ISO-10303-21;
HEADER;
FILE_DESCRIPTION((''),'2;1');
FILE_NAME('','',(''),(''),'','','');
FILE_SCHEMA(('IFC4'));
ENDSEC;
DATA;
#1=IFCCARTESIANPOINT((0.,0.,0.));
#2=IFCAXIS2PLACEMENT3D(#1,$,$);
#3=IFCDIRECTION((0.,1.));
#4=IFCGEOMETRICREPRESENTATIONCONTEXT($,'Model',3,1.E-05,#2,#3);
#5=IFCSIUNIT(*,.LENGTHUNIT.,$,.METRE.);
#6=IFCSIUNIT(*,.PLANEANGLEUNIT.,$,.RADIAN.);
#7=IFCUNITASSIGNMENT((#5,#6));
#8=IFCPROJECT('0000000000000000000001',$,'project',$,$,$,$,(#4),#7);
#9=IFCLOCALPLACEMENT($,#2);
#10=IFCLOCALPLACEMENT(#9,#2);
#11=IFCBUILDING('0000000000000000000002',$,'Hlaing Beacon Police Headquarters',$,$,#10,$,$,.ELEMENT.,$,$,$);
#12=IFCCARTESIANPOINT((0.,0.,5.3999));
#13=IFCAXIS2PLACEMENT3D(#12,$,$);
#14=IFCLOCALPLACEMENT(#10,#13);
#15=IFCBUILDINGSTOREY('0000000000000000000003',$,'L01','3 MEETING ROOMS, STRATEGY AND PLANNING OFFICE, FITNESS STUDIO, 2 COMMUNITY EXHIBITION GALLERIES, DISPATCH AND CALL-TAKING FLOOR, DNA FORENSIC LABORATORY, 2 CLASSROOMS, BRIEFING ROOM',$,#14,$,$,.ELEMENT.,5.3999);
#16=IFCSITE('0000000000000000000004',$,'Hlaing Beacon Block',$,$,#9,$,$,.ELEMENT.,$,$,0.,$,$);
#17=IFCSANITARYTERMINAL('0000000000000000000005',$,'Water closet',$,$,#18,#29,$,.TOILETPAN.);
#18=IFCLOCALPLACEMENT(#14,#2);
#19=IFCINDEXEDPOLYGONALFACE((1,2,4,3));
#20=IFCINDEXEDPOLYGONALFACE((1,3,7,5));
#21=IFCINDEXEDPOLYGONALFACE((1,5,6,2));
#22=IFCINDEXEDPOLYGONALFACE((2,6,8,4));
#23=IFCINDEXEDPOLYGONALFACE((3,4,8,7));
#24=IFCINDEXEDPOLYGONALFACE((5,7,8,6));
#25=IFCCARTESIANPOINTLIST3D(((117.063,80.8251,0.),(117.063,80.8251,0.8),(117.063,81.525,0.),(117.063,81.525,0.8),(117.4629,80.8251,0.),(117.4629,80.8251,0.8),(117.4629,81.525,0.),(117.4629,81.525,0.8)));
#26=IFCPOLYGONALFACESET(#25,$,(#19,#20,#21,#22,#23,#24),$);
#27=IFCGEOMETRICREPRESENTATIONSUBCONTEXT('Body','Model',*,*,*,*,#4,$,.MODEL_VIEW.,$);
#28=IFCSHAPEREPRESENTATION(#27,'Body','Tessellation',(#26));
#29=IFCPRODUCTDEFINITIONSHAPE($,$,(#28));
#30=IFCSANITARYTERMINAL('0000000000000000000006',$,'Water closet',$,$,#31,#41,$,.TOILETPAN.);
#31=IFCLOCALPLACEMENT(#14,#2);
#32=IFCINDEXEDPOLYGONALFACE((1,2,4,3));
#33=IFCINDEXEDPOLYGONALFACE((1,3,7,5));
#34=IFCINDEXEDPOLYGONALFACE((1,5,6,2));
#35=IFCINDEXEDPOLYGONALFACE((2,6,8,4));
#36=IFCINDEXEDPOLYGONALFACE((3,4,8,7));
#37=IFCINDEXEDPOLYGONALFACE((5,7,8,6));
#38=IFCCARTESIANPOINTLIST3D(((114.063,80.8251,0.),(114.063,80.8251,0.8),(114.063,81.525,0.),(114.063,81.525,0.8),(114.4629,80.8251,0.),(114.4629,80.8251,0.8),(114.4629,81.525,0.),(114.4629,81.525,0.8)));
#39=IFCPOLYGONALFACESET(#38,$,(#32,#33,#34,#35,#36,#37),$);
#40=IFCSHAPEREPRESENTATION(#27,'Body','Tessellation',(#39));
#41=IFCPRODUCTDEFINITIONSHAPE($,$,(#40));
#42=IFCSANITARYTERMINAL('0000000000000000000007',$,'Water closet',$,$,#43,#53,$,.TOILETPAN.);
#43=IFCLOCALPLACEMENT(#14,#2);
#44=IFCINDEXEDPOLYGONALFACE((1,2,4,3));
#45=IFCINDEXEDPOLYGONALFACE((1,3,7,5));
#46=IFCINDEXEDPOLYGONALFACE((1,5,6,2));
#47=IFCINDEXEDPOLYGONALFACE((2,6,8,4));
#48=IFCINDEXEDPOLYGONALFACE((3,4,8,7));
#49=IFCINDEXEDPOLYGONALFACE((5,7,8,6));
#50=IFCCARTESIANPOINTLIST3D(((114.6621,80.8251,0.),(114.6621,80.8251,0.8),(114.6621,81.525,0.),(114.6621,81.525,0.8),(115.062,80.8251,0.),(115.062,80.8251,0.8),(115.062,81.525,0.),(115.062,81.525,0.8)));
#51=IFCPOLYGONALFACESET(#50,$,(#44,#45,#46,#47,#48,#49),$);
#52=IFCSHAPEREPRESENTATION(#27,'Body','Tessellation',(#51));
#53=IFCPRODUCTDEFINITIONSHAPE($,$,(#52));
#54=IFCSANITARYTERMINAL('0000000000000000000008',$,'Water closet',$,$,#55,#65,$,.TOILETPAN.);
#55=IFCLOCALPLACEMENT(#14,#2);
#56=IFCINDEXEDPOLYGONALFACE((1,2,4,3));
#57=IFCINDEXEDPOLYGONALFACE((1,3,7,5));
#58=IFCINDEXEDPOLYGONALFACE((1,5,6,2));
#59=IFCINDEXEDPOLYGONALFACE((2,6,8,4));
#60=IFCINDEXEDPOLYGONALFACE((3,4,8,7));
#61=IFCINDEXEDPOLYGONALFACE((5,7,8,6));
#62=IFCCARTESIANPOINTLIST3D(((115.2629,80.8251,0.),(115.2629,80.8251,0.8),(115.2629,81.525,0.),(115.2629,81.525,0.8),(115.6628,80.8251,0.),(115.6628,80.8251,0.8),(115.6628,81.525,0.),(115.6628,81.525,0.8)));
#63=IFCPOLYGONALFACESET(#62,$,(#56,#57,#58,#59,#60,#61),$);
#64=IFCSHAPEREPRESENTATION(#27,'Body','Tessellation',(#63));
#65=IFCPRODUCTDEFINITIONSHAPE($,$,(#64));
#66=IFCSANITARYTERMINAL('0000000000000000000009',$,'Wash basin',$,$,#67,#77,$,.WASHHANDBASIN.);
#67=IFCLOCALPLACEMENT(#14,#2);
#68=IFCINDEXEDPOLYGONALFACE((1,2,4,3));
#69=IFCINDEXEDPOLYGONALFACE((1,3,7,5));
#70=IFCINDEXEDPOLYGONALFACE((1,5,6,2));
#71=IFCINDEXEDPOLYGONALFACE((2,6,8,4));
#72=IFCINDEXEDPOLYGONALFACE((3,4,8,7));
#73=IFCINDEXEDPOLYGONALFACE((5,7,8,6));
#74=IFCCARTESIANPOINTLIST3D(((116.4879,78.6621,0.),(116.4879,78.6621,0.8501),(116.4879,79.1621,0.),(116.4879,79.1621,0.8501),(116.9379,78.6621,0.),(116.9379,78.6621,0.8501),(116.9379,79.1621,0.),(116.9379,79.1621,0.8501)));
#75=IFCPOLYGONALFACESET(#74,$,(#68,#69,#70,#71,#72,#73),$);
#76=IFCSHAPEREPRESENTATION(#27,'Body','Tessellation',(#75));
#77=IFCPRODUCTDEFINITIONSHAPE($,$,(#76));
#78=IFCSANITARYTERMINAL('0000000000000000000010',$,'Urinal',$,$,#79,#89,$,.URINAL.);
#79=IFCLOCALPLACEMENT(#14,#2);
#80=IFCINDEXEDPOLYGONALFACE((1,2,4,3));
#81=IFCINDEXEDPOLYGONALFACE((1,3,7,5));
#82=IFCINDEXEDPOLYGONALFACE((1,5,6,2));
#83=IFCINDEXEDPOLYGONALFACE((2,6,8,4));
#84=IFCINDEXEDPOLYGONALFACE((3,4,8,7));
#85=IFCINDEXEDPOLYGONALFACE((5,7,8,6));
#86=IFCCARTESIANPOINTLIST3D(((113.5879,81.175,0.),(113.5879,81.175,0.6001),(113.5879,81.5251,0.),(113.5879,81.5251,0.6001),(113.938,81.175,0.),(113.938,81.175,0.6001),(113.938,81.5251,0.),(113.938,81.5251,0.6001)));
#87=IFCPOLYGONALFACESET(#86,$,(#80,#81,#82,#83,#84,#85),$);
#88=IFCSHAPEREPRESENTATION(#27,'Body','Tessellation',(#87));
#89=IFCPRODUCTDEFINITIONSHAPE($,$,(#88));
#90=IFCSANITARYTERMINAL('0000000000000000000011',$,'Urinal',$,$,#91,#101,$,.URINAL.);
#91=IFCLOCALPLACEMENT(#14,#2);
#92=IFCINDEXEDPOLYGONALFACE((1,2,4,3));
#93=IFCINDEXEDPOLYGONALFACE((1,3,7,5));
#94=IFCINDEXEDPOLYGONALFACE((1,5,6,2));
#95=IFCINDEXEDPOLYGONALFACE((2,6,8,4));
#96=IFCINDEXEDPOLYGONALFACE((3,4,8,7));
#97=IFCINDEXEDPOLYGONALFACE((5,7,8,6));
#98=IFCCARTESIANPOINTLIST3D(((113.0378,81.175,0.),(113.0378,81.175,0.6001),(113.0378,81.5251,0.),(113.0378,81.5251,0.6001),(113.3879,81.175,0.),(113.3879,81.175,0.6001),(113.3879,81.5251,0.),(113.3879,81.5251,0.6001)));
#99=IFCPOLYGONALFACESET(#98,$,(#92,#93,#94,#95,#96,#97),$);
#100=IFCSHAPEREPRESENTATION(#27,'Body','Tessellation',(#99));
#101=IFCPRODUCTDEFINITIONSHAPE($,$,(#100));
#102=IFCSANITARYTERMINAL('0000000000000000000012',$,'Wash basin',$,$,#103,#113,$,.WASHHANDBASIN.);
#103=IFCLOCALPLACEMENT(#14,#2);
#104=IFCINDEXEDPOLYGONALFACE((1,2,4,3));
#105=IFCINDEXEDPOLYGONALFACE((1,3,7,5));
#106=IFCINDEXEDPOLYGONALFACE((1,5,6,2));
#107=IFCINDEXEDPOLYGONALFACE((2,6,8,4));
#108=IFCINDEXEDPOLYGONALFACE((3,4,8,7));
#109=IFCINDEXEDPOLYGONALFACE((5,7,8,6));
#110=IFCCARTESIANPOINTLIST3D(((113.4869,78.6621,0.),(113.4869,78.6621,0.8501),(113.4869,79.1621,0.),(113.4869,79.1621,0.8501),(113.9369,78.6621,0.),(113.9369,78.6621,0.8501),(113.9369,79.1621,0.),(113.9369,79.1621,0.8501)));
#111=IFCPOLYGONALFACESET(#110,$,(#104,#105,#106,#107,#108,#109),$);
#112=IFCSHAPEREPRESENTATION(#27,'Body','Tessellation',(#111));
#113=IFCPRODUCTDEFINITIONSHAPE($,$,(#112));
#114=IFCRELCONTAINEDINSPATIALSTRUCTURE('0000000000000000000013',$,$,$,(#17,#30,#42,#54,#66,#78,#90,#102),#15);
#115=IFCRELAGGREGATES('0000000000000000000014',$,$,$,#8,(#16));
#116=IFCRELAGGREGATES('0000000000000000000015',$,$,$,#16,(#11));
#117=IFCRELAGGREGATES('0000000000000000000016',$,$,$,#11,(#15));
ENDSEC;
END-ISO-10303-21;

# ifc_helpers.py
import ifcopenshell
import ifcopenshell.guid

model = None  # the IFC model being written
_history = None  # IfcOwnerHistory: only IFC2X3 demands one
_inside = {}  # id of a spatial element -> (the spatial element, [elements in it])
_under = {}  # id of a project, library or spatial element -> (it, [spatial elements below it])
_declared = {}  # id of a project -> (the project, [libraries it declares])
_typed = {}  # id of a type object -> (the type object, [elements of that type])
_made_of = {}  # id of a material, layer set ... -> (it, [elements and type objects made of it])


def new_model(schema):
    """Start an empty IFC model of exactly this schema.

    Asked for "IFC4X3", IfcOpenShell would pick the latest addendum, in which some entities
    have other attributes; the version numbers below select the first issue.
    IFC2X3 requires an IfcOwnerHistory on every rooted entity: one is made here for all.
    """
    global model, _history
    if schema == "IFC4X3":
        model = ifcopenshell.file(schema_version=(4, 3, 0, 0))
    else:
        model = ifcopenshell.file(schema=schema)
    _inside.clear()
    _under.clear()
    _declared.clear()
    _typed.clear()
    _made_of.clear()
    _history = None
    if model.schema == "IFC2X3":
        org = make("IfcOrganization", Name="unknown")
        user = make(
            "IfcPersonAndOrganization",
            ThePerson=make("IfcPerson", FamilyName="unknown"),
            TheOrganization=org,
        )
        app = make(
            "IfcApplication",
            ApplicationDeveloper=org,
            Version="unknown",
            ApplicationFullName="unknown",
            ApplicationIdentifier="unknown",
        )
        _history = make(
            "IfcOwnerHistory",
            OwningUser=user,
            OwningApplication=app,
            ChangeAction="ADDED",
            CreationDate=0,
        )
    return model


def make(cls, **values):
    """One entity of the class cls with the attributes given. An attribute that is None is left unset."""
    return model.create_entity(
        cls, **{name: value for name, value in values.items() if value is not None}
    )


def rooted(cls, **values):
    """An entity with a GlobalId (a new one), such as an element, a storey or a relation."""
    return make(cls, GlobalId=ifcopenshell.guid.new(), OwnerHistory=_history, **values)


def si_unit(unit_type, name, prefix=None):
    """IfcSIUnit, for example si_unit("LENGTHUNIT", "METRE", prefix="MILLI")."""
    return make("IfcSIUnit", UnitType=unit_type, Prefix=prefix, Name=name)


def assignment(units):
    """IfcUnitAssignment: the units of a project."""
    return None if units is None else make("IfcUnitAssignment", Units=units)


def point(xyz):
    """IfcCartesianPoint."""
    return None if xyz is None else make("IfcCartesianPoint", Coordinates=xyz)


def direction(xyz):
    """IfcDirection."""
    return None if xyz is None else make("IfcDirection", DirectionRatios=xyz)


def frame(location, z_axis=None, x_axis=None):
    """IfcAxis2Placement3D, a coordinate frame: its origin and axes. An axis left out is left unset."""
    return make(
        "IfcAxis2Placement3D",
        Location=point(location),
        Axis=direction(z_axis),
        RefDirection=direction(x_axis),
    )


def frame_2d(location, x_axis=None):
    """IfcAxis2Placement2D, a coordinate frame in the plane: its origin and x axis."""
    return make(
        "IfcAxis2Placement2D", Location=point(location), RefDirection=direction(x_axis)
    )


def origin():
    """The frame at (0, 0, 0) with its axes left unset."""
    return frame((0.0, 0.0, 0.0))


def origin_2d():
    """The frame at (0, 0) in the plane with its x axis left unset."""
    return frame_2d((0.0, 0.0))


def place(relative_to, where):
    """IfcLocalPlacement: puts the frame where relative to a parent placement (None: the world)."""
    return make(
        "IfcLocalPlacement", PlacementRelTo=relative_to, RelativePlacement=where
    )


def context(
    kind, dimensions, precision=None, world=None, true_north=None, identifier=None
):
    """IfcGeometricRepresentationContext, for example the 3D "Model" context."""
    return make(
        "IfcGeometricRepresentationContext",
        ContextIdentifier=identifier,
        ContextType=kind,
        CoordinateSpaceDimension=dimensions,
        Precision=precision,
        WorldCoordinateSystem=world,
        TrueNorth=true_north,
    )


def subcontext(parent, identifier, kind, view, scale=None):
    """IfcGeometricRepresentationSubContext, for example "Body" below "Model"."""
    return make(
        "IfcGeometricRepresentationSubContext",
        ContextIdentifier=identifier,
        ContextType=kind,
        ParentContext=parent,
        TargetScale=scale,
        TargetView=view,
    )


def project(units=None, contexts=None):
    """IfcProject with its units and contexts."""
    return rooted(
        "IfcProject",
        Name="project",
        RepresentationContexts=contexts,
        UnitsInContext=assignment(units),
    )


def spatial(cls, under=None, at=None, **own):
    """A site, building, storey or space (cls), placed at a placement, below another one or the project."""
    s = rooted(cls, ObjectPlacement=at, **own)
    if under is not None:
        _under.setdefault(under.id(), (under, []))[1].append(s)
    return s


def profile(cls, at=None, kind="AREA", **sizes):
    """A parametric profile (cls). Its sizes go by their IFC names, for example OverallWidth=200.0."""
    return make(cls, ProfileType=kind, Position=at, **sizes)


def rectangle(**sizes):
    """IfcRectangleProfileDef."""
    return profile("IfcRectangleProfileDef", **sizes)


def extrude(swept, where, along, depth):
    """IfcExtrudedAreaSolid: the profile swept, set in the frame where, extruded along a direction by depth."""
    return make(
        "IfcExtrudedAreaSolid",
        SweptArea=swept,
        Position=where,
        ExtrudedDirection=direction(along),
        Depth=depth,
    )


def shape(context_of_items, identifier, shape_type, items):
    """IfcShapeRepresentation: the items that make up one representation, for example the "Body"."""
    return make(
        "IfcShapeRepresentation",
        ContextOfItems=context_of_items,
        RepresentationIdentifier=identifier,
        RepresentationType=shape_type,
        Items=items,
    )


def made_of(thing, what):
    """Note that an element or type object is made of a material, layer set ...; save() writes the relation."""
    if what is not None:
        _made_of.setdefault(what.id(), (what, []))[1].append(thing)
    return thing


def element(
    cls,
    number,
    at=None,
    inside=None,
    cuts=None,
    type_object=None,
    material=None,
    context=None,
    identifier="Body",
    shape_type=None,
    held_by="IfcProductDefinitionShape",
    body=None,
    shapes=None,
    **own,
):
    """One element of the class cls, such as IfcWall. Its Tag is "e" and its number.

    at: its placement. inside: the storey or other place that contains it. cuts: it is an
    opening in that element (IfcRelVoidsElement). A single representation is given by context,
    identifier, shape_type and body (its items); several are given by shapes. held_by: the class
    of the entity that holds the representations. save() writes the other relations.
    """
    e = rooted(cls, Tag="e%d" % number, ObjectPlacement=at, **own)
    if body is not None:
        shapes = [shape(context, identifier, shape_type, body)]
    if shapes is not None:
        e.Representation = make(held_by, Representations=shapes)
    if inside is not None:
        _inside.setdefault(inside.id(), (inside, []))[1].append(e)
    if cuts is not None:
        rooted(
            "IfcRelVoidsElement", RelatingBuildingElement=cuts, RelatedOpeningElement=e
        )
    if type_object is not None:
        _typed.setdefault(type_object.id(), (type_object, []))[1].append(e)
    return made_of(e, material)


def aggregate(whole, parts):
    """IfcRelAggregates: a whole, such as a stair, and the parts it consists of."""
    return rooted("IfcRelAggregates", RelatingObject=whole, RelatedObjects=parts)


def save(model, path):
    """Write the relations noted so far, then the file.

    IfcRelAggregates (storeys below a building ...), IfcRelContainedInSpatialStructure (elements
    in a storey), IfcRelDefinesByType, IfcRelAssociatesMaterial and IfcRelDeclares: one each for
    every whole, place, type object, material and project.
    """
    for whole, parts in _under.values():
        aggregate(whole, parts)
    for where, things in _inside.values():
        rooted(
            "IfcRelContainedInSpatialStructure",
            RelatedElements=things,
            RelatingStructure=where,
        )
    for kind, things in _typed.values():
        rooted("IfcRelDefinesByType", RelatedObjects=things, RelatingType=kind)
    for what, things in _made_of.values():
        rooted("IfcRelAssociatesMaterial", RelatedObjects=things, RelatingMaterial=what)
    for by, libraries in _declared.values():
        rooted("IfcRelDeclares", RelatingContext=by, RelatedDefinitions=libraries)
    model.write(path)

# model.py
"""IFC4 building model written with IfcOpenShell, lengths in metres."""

from ifc_helpers import new_model, si_unit, direction, frame, origin, origin_2d, place, context, subcontext, project, spatial, rectangle, extrude, element, save


model = new_model("IFC4")

# Units and contexts
model_context = context("Model", 3, precision=1e-05, world=origin(), true_north=direction((0.0, 1.0)))
body_context = subcontext(model_context, "Body", "Model", "MODEL_VIEW")
ifc_project = project(units=[si_unit("LENGTHUNIT", "METRE"), si_unit("PLANEANGLEUNIT", "RADIAN")], contexts=[model_context])

# Site, building, storey
site_placement = place(None, origin())
site = spatial("IfcSite", under=ifc_project, at=site_placement, Name="Hlaing Beacon Block", CompositionType="ELEMENT", RefElevation=0.0)
building_placement = place(site_placement, origin())
building = spatial("IfcBuilding", under=site, at=building_placement, Name="Hlaing Beacon Police Headquarters", CompositionType="ELEMENT")
storey_placement = place(building_placement, frame((0.0, 0.0, 5.3999)))
storey = spatial("IfcBuildingStorey", under=building, at=storey_placement, Name="L01", Description="3 MEETING ROOMS, STRATEGY AND PLANNING OFFICE, FITNESS STUDIO, 2 COMMUNITY EXHIBITION GALLERIES, DISPATCH AND CALL-TAKING FLOOR, DNA FORENSIC LABORATORY, 2 CLASSROOMS, BRIEFING ROOM", CompositionType="ELEMENT", Elevation=5.3999)

# Sanitary terminals
for number, where, z_axis, x_axis, name in (
    (1, (117.2629, 81.175, 0.0), (0.0, 0.0, 1.0), (1.0, 0.0, 0.0), "Water closet"),
    (2, (114.2629, 81.175, 0.0), (0.0, 0.0, 1.0), (1.0, 0.0, 0.0), "Water closet"),
    (3, (114.8621, 81.175, 0.0), (0.0, 0.0, 1.0), (1.0, 0.0, 0.0), "Water closet"),
    (4, (115.4629, 81.175, 0.0), (0.0, 0.0, 1.0), (1.0, 0.0, 0.0), "Water closet"),
):
    element("IfcSanitaryTerminal", number, at=place(storey_placement, frame(where, z_axis=z_axis, x_axis=x_axis)), inside=storey, Name=name, PredefinedType="TOILETPAN", context=body_context, shape_type="SweptSolid", body=[
        extrude(rectangle(XDim=0.3999, YDim=0.7, at=origin_2d()), origin(), (0.0, 0.0, 1.0), 0.8),
    ])
sanitary_terminal_1_placement = place(storey_placement, frame((116.7129, 78.9121, 0.0), z_axis=(0.0, 0.0, 1.0), x_axis=(1.0, 0.0, 0.0)))
element("IfcSanitaryTerminal", 5, at=sanitary_terminal_1_placement, inside=storey, Name="Wash basin", PredefinedType="WASHHANDBASIN", context=body_context, shape_type="SweptSolid", body=[
    extrude(rectangle(XDim=0.45, YDim=0.5, at=origin_2d()), origin(), (0.0, 0.0, 1.0), 0.8501),
])
for number, where, z_axis, x_axis, name in (
    (6, (113.7629, 81.3501, 0.0), (0.0, 0.0, 1.0), (1.0, 0.0, 0.0), "Urinal"),
    (7, (113.2129, 81.3501, 0.0), (0.0, 0.0, 1.0), (1.0, 0.0, 0.0), "Urinal"),
):
    element("IfcSanitaryTerminal", number, at=place(storey_placement, frame(where, z_axis=z_axis, x_axis=x_axis)), inside=storey, Name=name, PredefinedType="URINAL", context=body_context, shape_type="SweptSolid", body=[
        extrude(rectangle(XDim=0.3501, YDim=0.3501, at=origin_2d()), origin(), (0.0, 0.0, 1.0), 0.6001),
    ])
sanitary_terminal_2_placement = place(storey_placement, frame((113.7119, 78.9121, 0.0), z_axis=(0.0, 0.0, 1.0), x_axis=(1.0, 0.0, 0.0)))
element("IfcSanitaryTerminal", 8, at=sanitary_terminal_2_placement, inside=storey, Name="Wash basin", PredefinedType="WASHHANDBASIN", context=body_context, shape_type="SweptSolid", body=[
    extrude(rectangle(XDim=0.45, YDim=0.5, at=origin_2d()), origin(), (0.0, 0.0, 1.0), 0.8501),
])

save(model, "model.ifc")
